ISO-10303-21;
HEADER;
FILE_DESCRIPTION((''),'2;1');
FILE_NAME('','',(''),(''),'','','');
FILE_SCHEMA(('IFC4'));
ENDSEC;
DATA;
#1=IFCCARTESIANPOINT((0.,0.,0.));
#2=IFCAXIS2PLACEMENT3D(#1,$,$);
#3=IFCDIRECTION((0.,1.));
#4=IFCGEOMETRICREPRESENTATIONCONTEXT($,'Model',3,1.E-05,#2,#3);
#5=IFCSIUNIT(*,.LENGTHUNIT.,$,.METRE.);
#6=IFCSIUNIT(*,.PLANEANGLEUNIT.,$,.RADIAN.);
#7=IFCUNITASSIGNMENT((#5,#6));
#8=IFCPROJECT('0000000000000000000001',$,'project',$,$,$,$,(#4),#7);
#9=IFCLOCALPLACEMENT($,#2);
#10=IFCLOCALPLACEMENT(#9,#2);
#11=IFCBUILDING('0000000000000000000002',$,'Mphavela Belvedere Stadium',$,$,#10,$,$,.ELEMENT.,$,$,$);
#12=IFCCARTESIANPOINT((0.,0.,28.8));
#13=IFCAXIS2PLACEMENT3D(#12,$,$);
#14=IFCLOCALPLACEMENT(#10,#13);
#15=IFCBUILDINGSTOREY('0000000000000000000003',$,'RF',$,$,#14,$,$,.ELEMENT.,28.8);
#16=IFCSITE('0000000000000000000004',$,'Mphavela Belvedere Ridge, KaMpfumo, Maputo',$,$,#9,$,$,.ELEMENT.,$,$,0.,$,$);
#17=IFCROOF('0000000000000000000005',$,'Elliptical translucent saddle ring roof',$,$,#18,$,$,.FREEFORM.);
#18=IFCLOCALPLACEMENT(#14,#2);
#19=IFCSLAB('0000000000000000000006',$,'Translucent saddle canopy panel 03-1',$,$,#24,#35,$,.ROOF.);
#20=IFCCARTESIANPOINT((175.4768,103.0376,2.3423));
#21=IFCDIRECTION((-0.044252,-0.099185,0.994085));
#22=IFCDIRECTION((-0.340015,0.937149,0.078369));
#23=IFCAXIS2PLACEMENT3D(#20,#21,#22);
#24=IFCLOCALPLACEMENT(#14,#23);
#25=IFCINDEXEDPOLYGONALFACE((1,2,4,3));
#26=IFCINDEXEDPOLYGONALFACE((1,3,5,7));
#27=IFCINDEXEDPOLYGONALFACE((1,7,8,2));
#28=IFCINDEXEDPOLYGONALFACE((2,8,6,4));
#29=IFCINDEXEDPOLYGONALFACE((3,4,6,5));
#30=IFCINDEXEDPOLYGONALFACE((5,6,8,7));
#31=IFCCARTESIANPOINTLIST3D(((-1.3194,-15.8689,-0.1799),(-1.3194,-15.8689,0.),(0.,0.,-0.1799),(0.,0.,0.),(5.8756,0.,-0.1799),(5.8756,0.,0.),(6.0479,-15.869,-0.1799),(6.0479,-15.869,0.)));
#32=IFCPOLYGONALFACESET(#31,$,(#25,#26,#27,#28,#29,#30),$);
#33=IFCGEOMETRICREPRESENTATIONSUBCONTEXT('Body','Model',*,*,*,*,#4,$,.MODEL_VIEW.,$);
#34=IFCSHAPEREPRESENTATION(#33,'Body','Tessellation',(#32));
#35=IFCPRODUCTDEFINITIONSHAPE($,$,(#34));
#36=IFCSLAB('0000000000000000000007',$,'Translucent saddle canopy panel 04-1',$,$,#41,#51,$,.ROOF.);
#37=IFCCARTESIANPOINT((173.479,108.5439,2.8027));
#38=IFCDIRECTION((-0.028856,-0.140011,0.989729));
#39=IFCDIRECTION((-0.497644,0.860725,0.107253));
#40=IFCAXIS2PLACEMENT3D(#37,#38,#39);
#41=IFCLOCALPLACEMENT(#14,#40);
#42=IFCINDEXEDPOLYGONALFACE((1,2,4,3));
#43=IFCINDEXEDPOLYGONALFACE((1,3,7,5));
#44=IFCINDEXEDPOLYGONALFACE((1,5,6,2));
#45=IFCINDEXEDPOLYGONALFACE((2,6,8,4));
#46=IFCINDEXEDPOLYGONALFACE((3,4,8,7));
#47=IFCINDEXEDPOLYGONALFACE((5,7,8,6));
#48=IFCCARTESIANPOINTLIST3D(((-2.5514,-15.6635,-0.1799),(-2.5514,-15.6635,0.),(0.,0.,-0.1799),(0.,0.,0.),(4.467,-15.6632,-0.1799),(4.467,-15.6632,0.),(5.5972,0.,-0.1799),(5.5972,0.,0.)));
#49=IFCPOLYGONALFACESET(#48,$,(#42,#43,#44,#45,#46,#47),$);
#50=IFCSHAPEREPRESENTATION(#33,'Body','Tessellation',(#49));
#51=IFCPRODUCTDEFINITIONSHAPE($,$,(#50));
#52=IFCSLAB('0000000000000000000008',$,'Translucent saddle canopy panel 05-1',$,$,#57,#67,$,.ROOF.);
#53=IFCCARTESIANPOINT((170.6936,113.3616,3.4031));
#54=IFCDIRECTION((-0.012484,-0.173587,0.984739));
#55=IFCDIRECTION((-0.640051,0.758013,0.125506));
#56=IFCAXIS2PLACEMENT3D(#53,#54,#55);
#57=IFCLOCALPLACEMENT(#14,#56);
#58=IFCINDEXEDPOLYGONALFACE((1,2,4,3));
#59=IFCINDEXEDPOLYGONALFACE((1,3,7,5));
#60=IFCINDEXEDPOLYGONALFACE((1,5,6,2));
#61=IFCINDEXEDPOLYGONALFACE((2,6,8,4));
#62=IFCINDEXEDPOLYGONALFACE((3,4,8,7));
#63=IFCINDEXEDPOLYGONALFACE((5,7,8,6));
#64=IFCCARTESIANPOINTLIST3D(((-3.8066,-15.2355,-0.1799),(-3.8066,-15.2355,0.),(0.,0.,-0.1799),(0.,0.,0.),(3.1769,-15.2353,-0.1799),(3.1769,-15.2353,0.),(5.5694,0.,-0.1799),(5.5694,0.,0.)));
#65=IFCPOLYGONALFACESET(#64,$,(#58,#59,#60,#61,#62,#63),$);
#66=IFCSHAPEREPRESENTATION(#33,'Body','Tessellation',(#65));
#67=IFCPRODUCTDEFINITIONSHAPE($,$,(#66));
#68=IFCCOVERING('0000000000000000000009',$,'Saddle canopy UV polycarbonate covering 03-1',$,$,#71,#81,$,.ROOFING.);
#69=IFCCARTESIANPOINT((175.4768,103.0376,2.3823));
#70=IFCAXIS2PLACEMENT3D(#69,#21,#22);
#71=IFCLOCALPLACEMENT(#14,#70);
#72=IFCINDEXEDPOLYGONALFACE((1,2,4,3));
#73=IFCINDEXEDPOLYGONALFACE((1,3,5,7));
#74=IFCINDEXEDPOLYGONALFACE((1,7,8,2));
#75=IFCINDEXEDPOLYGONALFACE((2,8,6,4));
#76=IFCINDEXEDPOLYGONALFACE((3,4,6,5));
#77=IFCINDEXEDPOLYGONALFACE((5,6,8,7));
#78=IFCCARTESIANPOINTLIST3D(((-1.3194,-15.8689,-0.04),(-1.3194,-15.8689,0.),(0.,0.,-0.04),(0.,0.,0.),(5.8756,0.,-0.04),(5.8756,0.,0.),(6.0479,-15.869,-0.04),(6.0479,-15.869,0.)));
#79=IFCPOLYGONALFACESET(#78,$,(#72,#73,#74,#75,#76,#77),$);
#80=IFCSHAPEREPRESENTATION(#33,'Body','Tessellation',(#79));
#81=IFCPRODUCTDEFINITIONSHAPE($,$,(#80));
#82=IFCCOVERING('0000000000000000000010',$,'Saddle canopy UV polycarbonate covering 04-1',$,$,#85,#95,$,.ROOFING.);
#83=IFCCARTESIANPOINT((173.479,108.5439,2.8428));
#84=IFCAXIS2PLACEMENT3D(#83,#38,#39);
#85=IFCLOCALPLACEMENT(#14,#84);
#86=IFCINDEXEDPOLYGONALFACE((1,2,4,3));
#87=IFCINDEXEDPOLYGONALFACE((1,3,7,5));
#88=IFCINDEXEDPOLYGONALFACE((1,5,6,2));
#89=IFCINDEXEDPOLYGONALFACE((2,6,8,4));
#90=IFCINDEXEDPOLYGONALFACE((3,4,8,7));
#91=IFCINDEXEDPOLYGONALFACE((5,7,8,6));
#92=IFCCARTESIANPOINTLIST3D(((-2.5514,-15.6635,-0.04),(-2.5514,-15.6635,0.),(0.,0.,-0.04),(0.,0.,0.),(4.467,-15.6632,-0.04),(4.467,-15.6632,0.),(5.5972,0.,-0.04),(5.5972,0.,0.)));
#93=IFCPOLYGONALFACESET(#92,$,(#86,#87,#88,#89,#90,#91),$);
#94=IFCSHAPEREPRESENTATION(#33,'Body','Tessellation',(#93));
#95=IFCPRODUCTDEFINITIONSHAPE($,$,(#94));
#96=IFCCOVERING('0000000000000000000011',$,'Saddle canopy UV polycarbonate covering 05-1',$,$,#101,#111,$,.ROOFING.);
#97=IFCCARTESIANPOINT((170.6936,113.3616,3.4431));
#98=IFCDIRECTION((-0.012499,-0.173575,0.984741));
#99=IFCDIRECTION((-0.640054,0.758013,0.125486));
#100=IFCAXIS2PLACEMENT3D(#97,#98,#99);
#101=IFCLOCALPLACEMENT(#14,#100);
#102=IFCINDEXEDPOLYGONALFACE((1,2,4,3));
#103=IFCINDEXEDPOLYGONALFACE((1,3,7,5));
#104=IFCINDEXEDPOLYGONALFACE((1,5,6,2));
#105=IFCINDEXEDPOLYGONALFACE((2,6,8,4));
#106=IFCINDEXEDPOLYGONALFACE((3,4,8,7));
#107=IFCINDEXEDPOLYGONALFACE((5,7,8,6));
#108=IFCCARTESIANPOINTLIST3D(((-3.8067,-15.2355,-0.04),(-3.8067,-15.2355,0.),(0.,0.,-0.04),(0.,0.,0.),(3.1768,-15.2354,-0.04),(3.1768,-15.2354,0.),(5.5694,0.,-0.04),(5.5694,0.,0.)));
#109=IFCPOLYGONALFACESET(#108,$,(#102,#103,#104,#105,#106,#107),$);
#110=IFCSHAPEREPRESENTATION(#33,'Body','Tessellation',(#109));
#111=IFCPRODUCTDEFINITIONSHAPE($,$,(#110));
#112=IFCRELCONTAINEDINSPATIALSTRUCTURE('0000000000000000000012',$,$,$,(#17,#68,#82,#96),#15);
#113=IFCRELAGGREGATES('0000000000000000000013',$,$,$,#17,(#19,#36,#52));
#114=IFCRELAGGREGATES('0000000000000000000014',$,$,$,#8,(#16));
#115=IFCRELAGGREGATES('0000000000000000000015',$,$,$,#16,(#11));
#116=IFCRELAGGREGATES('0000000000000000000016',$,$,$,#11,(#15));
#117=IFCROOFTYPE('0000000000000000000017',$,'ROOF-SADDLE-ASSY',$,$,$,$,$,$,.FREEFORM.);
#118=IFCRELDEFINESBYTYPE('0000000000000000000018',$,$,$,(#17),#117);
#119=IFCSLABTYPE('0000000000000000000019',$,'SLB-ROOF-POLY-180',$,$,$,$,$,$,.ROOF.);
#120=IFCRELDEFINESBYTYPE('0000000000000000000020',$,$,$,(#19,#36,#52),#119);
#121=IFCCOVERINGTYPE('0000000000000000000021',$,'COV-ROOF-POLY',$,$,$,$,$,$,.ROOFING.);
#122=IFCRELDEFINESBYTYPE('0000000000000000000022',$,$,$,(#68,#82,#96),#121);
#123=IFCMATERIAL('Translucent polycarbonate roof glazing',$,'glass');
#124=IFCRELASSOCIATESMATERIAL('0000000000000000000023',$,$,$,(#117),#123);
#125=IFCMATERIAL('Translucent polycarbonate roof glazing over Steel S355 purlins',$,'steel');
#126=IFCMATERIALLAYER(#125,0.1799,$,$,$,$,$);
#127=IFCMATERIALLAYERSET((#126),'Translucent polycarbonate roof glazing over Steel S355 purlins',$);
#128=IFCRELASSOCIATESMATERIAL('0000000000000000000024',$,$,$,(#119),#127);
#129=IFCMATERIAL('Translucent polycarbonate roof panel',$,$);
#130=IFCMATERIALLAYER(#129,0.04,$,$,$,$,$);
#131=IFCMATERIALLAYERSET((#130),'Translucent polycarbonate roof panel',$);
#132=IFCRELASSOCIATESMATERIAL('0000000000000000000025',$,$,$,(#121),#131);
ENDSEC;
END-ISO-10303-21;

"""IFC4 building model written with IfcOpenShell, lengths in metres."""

from ifc_helpers import new_model, si_unit, direction, frame, origin, place, context, subcontext, project, spatial, polyline, outline, extrude, material, layer, layer_set, type_object, element, aggregate, save


model = new_model("IFC4")

# Units and contexts
model_context = context("Model", 3, precision=1e-05, world=origin(), true_north=direction((0.0, 1.0)))
body_context = subcontext(model_context, "Body", "Model", "MODEL_VIEW")
ifc_project = project(units=[si_unit("LENGTHUNIT", "METRE"), si_unit("PLANEANGLEUNIT", "RADIAN")], contexts=[model_context])

# Site, building, storey
site_placement = place(None, origin())
site = spatial("IfcSite", under=ifc_project, at=site_placement, Name="Mphavela Belvedere Ridge, KaMpfumo, Maputo", CompositionType="ELEMENT", RefElevation=0.0)
building_placement = place(site_placement, origin())
building = spatial("IfcBuilding", under=site, at=building_placement, Name="Mphavela Belvedere Stadium", CompositionType="ELEMENT")
storey_placement = place(building_placement, frame((0.0, 0.0, 28.8)))
storey = spatial("IfcBuildingStorey", under=building, at=storey_placement, Name="RF", CompositionType="ELEMENT", Elevation=28.8)

# Roof, slabs
ifc_material_1 = material(Name="Translucent polycarbonate roof glazing", Category="glass")
roof_type = type_object("IfcRoofType", Name="ROOF-SADDLE-ASSY", PredefinedType="FREEFORM", material=ifc_material_1)
roof_placement = place(storey_placement, origin())
roof = element("IfcRoof", 1, at=roof_placement, inside=storey, type_object=roof_type, Name="Elliptical translucent saddle ring roof", PredefinedType="FREEFORM")
ifc_material_2 = material(Name="Translucent polycarbonate roof glazing over Steel S355 purlins", Category="steel")
ifc_layer_1 = layer(ifc_material_2, 0.1799)
ifc_layer_set_1 = layer_set([ifc_layer_1], Name="Translucent polycarbonate roof glazing over Steel S355 purlins")
slab_type = type_object("IfcSlabType", Name="SLB-ROOF-POLY-180", PredefinedType="ROOF", material=ifc_layer_set_1)
slab_1_placement = place(storey_placement, frame((175.4768, 103.0376, 2.3423), z_axis=(-0.044252, -0.099185, 0.994085), x_axis=(-0.340015, 0.937149, 0.078369)))
slab_1 = element("IfcSlab", 2, at=slab_1_placement, type_object=slab_type, Name="Translucent saddle canopy panel 03-1", PredefinedType="ROOF", context=body_context, shape_type="SweptSolid", body=[
    extrude(outline(polyline([(0.0, 0.0), (5.8756, 0.0), (6.0479, -15.869), (-1.3194, -15.8689), (0.0, 0.0)])), origin(), (0.0, 0.0, -1.0), 0.1799),
])
slab_2_placement = place(storey_placement, frame((173.479, 108.5439, 2.8027), z_axis=(-0.028856, -0.140011, 0.989729), x_axis=(-0.497644, 0.860725, 0.107253)))
slab_2 = element("IfcSlab", 3, at=slab_2_placement, type_object=slab_type, Name="Translucent saddle canopy panel 04-1", PredefinedType="ROOF", context=body_context, shape_type="SweptSolid", body=[
    extrude(outline(polyline([(0.0, 0.0), (5.5972, 0.0), (4.467, -15.6632), (-2.5514, -15.6635), (0.0, 0.0)])), origin(), (0.0, 0.0, -1.0), 0.1799),
])
slab_3_placement = place(storey_placement, frame((170.6936, 113.3616, 3.4031), z_axis=(-0.012484, -0.173587, 0.984739), x_axis=(-0.640051, 0.758013, 0.125506)))
slab_3 = element("IfcSlab", 4, at=slab_3_placement, type_object=slab_type, Name="Translucent saddle canopy panel 05-1", PredefinedType="ROOF", context=body_context, shape_type="SweptSolid", body=[
    extrude(outline(polyline([(0.0, 0.0), (5.5694, 0.0), (3.1769, -15.2353), (-3.8066, -15.2355), (0.0, 0.0)])), origin(), (0.0, 0.0, -1.0), 0.1799),
])
aggregate(roof, [slab_1, slab_2, slab_3])

# Coverings
ifc_material_3 = material(Name="Translucent polycarbonate roof panel")
ifc_layer_2 = layer(ifc_material_3, 0.04)
ifc_layer_set_2 = layer_set([ifc_layer_2], Name="Translucent polycarbonate roof panel")
covering_type = type_object("IfcCoveringType", Name="COV-ROOF-POLY", PredefinedType="ROOFING", material=ifc_layer_set_2)
covering_1_placement = place(storey_placement, frame((175.4768, 103.0376, 2.3823), z_axis=(-0.044252, -0.099185, 0.994085), x_axis=(-0.340015, 0.937149, 0.078369)))
element("IfcCovering", 5, at=covering_1_placement, inside=storey, type_object=covering_type, Name="Saddle canopy UV polycarbonate covering 03-1", PredefinedType="ROOFING", context=body_context, shape_type="SweptSolid", body=[
    extrude(outline(polyline([(0.0, 0.0), (5.8756, 0.0), (6.0479, -15.869), (-1.3194, -15.8689), (0.0, 0.0)])), origin(), (0.0, 0.0, -1.0), 0.04),
])
covering_2_placement = place(storey_placement, frame((173.479, 108.5439, 2.8428), z_axis=(-0.028856, -0.140011, 0.989729), x_axis=(-0.497644, 0.860725, 0.107253)))
element("IfcCovering", 6, at=covering_2_placement, inside=storey, type_object=covering_type, Name="Saddle canopy UV polycarbonate covering 04-1", PredefinedType="ROOFING", context=body_context, shape_type="SweptSolid", body=[
    extrude(outline(polyline([(0.0, 0.0), (5.5972, 0.0), (4.467, -15.6632), (-2.5514, -15.6635), (0.0, 0.0)])), origin(), (0.0, 0.0, -1.0), 0.04),
])
covering_3_placement = place(storey_placement, frame((170.6936, 113.3616, 3.4431), z_axis=(-0.012499, -0.173575, 0.984741), x_axis=(-0.640054, 0.758013, 0.125486)))
element("IfcCovering", 7, at=covering_3_placement, inside=storey, type_object=covering_type, Name="Saddle canopy UV polycarbonate covering 05-1", PredefinedType="ROOFING", context=body_context, shape_type="SweptSolid", body=[
    extrude(outline(polyline([(0.0, 0.0), (5.5694, 0.0), (3.1768, -15.2354), (-3.8067, -15.2355), (0.0, 0.0)])), origin(), (0.0, 0.0, -1.0), 0.04),
])

save(model, "model.ifc")
